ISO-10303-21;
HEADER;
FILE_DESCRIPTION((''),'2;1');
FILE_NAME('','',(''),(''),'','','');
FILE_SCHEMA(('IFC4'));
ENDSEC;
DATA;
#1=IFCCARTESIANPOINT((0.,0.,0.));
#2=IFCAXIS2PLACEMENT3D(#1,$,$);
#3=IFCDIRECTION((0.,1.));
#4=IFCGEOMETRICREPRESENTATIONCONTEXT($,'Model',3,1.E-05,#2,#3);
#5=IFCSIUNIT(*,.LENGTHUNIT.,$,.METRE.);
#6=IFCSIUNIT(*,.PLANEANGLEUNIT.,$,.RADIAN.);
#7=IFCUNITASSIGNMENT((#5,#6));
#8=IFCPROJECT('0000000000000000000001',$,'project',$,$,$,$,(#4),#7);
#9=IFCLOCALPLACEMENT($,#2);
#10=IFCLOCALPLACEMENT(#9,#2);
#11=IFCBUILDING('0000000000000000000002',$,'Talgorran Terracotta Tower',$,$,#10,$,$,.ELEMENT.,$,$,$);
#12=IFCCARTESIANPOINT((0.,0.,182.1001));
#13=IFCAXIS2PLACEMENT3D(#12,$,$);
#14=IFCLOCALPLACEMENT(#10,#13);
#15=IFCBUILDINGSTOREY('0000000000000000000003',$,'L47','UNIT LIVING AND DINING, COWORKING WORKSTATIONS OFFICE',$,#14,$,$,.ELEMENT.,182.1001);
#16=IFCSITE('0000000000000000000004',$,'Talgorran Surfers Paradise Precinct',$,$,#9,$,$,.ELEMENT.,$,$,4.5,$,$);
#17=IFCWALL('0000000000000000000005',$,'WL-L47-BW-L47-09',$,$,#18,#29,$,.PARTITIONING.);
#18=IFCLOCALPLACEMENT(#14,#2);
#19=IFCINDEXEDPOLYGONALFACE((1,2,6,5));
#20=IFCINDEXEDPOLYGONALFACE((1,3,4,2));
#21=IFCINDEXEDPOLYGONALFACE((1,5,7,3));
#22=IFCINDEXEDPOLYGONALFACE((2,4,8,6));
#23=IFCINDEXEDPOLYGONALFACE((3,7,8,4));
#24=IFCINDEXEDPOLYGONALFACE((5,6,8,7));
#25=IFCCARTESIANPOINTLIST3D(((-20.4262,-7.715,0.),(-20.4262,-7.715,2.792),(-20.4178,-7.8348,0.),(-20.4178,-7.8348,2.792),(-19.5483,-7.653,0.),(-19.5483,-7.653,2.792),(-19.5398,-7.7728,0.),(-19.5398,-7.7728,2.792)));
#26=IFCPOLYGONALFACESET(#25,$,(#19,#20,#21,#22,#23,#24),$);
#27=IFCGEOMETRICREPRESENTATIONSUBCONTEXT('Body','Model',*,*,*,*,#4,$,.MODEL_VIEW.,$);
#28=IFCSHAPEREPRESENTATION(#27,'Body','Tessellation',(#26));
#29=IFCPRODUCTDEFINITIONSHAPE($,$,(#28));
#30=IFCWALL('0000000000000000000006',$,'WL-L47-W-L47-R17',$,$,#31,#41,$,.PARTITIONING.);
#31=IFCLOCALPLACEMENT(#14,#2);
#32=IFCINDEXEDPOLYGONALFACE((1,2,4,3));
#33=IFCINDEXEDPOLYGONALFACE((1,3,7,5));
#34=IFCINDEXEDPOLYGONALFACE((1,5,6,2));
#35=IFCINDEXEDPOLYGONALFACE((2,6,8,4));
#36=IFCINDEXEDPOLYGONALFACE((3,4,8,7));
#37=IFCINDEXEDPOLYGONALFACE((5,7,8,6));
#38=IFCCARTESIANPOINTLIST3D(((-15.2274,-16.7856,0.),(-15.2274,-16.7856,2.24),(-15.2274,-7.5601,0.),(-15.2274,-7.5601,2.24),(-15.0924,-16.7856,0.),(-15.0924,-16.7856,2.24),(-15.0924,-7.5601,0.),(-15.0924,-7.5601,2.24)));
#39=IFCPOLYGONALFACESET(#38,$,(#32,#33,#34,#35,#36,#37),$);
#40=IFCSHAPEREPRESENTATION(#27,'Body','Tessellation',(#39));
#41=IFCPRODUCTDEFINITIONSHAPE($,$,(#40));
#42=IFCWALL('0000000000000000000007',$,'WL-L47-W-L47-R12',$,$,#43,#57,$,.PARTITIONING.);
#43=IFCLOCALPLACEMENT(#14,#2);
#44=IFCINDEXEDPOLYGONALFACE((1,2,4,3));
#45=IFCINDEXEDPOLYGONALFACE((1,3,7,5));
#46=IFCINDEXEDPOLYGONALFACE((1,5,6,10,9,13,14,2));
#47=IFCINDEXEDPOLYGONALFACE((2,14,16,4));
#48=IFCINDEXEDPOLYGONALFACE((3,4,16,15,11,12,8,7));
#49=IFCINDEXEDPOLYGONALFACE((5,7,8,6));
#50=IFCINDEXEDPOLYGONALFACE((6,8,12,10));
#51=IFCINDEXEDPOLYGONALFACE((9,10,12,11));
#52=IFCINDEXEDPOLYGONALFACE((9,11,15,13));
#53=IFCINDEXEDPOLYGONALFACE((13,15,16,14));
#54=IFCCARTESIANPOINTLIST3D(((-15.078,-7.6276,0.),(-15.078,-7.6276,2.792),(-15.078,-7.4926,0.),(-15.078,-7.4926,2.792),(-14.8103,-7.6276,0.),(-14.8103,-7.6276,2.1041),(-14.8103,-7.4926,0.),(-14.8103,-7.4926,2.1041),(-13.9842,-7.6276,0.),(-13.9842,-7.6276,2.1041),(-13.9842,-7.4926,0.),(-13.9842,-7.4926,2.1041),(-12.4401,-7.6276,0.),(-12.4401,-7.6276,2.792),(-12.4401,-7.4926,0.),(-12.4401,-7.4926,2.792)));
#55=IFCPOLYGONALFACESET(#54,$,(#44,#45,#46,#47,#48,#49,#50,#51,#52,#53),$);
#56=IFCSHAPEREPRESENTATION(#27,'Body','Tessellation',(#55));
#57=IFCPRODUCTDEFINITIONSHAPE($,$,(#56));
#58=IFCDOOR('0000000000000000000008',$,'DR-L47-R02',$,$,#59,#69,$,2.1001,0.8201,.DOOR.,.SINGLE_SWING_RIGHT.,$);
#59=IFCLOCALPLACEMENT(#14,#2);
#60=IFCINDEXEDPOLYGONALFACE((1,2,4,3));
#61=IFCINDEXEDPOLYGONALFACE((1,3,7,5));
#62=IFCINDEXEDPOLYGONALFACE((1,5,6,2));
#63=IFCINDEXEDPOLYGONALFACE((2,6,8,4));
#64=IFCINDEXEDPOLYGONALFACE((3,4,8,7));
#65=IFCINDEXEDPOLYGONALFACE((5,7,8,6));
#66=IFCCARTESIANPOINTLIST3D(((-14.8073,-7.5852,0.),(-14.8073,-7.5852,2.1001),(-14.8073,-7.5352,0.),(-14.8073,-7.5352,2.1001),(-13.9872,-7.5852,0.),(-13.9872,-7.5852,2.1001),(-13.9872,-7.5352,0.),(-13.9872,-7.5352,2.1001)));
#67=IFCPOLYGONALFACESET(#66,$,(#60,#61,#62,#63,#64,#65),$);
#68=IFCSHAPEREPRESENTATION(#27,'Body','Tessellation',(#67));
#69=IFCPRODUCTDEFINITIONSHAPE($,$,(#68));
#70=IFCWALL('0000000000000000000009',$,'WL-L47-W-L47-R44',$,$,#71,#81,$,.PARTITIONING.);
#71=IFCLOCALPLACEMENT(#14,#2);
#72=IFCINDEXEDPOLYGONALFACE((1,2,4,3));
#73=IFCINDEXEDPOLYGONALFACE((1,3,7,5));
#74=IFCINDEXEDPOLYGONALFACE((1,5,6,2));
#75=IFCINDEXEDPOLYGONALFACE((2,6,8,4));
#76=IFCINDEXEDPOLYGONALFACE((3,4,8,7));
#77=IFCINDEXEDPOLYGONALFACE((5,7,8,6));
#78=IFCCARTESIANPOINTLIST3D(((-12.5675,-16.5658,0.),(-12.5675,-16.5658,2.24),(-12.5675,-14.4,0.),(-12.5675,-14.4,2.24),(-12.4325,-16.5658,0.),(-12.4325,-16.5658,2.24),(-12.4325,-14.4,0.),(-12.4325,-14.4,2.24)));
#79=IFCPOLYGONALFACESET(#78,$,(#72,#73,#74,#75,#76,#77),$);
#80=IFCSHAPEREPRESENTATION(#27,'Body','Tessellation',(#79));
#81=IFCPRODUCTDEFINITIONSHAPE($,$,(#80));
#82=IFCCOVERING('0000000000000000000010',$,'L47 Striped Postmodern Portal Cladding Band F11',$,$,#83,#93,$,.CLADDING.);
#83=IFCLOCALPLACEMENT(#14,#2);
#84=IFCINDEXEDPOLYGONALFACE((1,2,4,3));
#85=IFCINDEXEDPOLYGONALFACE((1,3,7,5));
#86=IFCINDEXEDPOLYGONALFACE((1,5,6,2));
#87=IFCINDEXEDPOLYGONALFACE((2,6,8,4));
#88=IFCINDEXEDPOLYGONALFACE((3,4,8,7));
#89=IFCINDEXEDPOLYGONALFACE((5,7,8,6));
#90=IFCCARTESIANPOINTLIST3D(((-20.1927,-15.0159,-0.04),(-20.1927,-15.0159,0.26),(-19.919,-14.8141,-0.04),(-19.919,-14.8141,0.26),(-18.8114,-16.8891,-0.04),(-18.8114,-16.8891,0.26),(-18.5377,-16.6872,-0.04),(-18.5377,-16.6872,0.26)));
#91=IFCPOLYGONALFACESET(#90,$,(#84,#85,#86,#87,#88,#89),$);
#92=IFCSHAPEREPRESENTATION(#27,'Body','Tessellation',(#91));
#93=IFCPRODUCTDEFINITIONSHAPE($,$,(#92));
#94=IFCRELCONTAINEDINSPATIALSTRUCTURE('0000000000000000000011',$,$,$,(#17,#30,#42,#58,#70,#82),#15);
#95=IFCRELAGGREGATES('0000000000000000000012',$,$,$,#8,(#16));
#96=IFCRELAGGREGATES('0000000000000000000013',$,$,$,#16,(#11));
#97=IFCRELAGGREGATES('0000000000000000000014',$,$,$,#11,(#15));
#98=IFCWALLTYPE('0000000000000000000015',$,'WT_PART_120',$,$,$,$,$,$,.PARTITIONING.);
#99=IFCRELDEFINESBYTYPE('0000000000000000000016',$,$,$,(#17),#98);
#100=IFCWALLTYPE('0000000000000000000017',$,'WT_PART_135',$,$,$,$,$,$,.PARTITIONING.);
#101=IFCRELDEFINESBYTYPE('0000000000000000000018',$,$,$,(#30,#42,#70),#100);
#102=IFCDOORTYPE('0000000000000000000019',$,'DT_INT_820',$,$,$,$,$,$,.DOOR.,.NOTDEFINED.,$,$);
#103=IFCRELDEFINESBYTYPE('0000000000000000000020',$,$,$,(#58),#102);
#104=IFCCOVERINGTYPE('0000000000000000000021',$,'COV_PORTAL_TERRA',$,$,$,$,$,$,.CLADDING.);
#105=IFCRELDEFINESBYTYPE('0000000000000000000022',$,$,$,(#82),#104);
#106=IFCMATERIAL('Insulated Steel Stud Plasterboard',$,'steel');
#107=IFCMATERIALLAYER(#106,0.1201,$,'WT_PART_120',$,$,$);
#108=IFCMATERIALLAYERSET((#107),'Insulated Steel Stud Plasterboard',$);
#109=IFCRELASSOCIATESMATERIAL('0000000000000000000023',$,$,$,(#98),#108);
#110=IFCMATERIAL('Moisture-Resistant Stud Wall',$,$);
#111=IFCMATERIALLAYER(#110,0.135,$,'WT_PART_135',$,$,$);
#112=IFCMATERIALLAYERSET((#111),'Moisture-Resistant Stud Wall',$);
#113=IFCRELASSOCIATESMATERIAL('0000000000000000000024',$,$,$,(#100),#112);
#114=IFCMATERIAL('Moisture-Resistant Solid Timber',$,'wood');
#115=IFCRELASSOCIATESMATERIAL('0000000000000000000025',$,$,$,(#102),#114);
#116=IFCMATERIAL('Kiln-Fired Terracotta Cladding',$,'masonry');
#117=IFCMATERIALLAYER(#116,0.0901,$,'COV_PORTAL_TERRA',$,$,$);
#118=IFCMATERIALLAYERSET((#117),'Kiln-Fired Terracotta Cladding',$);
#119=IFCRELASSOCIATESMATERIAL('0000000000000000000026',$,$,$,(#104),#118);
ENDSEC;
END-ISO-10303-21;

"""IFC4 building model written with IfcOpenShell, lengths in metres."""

from ifc_helpers import new_model, si_unit, direction, frame, frame_2d, origin, origin_2d, place, context, subcontext, project, spatial, rectangle, extrude, material, layer, layer_set, type_object, element, fill, save


model = new_model("IFC4")

# Units and contexts
model_context = context("Model", 3, precision=1e-05, world=origin(), true_north=direction((0.0, 1.0)))
body_context = subcontext(model_context, "Body", "Model", "MODEL_VIEW")
ifc_project = project(units=[si_unit("LENGTHUNIT", "METRE"), si_unit("PLANEANGLEUNIT", "RADIAN")], contexts=[model_context])

# Site, building, storey
site_placement = place(None, origin())
site = spatial("IfcSite", under=ifc_project, at=site_placement, Name="Talgorran Surfers Paradise Precinct", CompositionType="ELEMENT", RefElevation=4.5)
building_placement = place(site_placement, origin())
building = spatial("IfcBuilding", under=site, at=building_placement, Name="Talgorran Terracotta Tower", CompositionType="ELEMENT")
storey_placement = place(building_placement, frame((0.0, 0.0, 182.1001)))
storey = spatial("IfcBuildingStorey", under=building, at=storey_placement, Name="L47", Description="UNIT LIVING AND DINING, COWORKING WORKSTATIONS OFFICE", CompositionType="ELEMENT", Elevation=182.1001)

# Walls
ifc_material_1 = material(Name="Insulated Steel Stud Plasterboard", Category="steel")
ifc_layer_1 = layer(ifc_material_1, 0.1201, Name="WT_PART_120")
ifc_layer_set_1 = layer_set([ifc_layer_1], Name="Insulated Steel Stud Plasterboard")
wall_type_1 = type_object("IfcWallType", Name="WT_PART_120", PredefinedType="PARTITIONING", material=ifc_layer_set_1)
wall_1_placement = place(storey_placement, frame((-19.5442, -7.7129, 0.0), z_axis=(0.0, 0.0, 1.0), x_axis=(-0.997515, -0.070458, 0.0)))
element("IfcWall", 1, at=wall_1_placement, inside=storey, type_object=wall_type_1, Name="WL-L47-BW-L47-09", PredefinedType="PARTITIONING", context=body_context, shape_type="SweptSolid", body=[
    extrude(rectangle(XDim=0.8801, YDim=0.1201, at=frame_2d((0.4399, 0.0))), origin(), (0.0, 0.0, 1.0), 2.792),
])
ifc_material_2 = material(Name="Moisture-Resistant Stud Wall")
ifc_layer_2 = layer(ifc_material_2, 0.135, Name="WT_PART_135")
ifc_layer_set_2 = layer_set([ifc_layer_2], Name="Moisture-Resistant Stud Wall")
wall_type_2 = type_object("IfcWallType", Name="WT_PART_135", PredefinedType="PARTITIONING", material=ifc_layer_set_2)
wall_2_placement = place(storey_placement, frame((-15.1599, -16.7856, 0.0), z_axis=(0.0, 0.0, 1.0), x_axis=(0.0, 1.0, 0.0)))
element("IfcWall", 2, at=wall_2_placement, inside=storey, type_object=wall_type_2, Name="WL-L47-W-L47-R17", PredefinedType="PARTITIONING", context=body_context, shape_type="SweptSolid", body=[
    extrude(rectangle(XDim=9.2256, YDim=0.135, at=frame_2d((4.6128, 0.0))), origin(), (0.0, 0.0, 1.0), 2.24),
])

# Wall, opening, door
wall_3_placement = place(storey_placement, frame((-15.0779, -7.5601, 0.0), z_axis=(0.0, 0.0, 1.0), x_axis=(1.0, 0.0, 0.0)))
wall_3 = element("IfcWall", 3, at=wall_3_placement, inside=storey, type_object=wall_type_2, Name="WL-L47-W-L47-R12", PredefinedType="PARTITIONING", context=body_context, shape_type="SweptSolid", body=[
    extrude(rectangle(XDim=2.6379, YDim=0.135, at=frame_2d((1.3188, 0.0))), origin(), (0.0, 0.0, 1.0), 2.792),
])
opening_1_placement = place(wall_3_placement, frame((0.2705, 0.0, 0.0)))
opening_1 = element("IfcOpeningElement", 4, at=opening_1_placement, cuts=wall_3, PredefinedType="OPENING", context=body_context, shape_type="SweptSolid", body=[
    extrude(rectangle(XDim=0.8261, YDim=2.1041, at=frame_2d((0.4102, 1.052))), frame((0.0, 0.0776, 0.0), z_axis=(0.0, -1.0, 0.0), x_axis=(1.0, 0.0, 0.0)), (0.0, 0.0, 1.0), 0.155),
])
ifc_material_3 = material(Name="Moisture-Resistant Solid Timber", Category="wood")
door_type_1 = type_object("IfcDoorType", Name="DT_INT_820", OperationType="NOTDEFINED", PredefinedType="DOOR", material=ifc_material_3)
door_1_placement = place(opening_1_placement, origin())
door_1 = element("IfcDoor", 5, at=door_1_placement, inside=storey, type_object=door_type_1, Name="DR-L47-R02", OperationType="SINGLE_SWING_RIGHT", OverallHeight=2.1001, OverallWidth=0.8201, PredefinedType="DOOR", context=body_context, shape_type="SweptSolid", body=[
    extrude(rectangle(XDim=0.8201, YDim=2.1001, at=frame_2d((0.4102, 1.05))), frame((0.0, 0.0249, 0.0), z_axis=(0.0, -1.0, 0.0), x_axis=(1.0, 0.0, 0.0)), (0.0, 0.0, 1.0), 0.05),
])
fill(opening_1, door_1)

# Wall
wall_4_placement = place(storey_placement, frame((-12.5, -14.3999, 0.0), z_axis=(0.0, 0.0, 1.0), x_axis=(0.0, -1.0, 0.0)))
element("IfcWall", 6, at=wall_4_placement, inside=storey, type_object=wall_type_2, Name="WL-L47-W-L47-R44", PredefinedType="PARTITIONING", context=body_context, shape_type="SweptSolid", body=[
    extrude(rectangle(XDim=2.1658, YDim=0.135, at=frame_2d((1.083, 0.0))), origin(), (0.0, 0.0, 1.0), 2.24),
])

# Covering
ifc_material_4 = material(Name="Kiln-Fired Terracotta Cladding", Category="masonry")
ifc_layer_3 = layer(ifc_material_4, 0.0901, Name="COV_PORTAL_TERRA")
ifc_layer_set_3 = layer_set([ifc_layer_3], Name="Kiln-Fired Terracotta Cladding")
covering_type = type_object("IfcCoveringType", Name="COV_PORTAL_TERRA", PredefinedType="CLADDING", material=ifc_layer_set_3)
covering_placement = place(storey_placement, frame((-19.3652, -15.8516, -0.04), z_axis=(0.0, 0.0, 1.0), x_axis=(0.593503, -0.804832, 0.0)))
element("IfcCovering", 7, at=covering_placement, inside=storey, type_object=covering_type, Name="L47 Striped Postmodern Portal Cladding Band F11", PredefinedType="CLADDING", context=body_context, shape_type="SweptSolid", body=[
    extrude(rectangle(XDim=2.3274, YDim=0.3401, at=origin_2d()), origin(), (0.0, 0.0, 1.0), 0.3),
])

save(model, "model.ifc")
